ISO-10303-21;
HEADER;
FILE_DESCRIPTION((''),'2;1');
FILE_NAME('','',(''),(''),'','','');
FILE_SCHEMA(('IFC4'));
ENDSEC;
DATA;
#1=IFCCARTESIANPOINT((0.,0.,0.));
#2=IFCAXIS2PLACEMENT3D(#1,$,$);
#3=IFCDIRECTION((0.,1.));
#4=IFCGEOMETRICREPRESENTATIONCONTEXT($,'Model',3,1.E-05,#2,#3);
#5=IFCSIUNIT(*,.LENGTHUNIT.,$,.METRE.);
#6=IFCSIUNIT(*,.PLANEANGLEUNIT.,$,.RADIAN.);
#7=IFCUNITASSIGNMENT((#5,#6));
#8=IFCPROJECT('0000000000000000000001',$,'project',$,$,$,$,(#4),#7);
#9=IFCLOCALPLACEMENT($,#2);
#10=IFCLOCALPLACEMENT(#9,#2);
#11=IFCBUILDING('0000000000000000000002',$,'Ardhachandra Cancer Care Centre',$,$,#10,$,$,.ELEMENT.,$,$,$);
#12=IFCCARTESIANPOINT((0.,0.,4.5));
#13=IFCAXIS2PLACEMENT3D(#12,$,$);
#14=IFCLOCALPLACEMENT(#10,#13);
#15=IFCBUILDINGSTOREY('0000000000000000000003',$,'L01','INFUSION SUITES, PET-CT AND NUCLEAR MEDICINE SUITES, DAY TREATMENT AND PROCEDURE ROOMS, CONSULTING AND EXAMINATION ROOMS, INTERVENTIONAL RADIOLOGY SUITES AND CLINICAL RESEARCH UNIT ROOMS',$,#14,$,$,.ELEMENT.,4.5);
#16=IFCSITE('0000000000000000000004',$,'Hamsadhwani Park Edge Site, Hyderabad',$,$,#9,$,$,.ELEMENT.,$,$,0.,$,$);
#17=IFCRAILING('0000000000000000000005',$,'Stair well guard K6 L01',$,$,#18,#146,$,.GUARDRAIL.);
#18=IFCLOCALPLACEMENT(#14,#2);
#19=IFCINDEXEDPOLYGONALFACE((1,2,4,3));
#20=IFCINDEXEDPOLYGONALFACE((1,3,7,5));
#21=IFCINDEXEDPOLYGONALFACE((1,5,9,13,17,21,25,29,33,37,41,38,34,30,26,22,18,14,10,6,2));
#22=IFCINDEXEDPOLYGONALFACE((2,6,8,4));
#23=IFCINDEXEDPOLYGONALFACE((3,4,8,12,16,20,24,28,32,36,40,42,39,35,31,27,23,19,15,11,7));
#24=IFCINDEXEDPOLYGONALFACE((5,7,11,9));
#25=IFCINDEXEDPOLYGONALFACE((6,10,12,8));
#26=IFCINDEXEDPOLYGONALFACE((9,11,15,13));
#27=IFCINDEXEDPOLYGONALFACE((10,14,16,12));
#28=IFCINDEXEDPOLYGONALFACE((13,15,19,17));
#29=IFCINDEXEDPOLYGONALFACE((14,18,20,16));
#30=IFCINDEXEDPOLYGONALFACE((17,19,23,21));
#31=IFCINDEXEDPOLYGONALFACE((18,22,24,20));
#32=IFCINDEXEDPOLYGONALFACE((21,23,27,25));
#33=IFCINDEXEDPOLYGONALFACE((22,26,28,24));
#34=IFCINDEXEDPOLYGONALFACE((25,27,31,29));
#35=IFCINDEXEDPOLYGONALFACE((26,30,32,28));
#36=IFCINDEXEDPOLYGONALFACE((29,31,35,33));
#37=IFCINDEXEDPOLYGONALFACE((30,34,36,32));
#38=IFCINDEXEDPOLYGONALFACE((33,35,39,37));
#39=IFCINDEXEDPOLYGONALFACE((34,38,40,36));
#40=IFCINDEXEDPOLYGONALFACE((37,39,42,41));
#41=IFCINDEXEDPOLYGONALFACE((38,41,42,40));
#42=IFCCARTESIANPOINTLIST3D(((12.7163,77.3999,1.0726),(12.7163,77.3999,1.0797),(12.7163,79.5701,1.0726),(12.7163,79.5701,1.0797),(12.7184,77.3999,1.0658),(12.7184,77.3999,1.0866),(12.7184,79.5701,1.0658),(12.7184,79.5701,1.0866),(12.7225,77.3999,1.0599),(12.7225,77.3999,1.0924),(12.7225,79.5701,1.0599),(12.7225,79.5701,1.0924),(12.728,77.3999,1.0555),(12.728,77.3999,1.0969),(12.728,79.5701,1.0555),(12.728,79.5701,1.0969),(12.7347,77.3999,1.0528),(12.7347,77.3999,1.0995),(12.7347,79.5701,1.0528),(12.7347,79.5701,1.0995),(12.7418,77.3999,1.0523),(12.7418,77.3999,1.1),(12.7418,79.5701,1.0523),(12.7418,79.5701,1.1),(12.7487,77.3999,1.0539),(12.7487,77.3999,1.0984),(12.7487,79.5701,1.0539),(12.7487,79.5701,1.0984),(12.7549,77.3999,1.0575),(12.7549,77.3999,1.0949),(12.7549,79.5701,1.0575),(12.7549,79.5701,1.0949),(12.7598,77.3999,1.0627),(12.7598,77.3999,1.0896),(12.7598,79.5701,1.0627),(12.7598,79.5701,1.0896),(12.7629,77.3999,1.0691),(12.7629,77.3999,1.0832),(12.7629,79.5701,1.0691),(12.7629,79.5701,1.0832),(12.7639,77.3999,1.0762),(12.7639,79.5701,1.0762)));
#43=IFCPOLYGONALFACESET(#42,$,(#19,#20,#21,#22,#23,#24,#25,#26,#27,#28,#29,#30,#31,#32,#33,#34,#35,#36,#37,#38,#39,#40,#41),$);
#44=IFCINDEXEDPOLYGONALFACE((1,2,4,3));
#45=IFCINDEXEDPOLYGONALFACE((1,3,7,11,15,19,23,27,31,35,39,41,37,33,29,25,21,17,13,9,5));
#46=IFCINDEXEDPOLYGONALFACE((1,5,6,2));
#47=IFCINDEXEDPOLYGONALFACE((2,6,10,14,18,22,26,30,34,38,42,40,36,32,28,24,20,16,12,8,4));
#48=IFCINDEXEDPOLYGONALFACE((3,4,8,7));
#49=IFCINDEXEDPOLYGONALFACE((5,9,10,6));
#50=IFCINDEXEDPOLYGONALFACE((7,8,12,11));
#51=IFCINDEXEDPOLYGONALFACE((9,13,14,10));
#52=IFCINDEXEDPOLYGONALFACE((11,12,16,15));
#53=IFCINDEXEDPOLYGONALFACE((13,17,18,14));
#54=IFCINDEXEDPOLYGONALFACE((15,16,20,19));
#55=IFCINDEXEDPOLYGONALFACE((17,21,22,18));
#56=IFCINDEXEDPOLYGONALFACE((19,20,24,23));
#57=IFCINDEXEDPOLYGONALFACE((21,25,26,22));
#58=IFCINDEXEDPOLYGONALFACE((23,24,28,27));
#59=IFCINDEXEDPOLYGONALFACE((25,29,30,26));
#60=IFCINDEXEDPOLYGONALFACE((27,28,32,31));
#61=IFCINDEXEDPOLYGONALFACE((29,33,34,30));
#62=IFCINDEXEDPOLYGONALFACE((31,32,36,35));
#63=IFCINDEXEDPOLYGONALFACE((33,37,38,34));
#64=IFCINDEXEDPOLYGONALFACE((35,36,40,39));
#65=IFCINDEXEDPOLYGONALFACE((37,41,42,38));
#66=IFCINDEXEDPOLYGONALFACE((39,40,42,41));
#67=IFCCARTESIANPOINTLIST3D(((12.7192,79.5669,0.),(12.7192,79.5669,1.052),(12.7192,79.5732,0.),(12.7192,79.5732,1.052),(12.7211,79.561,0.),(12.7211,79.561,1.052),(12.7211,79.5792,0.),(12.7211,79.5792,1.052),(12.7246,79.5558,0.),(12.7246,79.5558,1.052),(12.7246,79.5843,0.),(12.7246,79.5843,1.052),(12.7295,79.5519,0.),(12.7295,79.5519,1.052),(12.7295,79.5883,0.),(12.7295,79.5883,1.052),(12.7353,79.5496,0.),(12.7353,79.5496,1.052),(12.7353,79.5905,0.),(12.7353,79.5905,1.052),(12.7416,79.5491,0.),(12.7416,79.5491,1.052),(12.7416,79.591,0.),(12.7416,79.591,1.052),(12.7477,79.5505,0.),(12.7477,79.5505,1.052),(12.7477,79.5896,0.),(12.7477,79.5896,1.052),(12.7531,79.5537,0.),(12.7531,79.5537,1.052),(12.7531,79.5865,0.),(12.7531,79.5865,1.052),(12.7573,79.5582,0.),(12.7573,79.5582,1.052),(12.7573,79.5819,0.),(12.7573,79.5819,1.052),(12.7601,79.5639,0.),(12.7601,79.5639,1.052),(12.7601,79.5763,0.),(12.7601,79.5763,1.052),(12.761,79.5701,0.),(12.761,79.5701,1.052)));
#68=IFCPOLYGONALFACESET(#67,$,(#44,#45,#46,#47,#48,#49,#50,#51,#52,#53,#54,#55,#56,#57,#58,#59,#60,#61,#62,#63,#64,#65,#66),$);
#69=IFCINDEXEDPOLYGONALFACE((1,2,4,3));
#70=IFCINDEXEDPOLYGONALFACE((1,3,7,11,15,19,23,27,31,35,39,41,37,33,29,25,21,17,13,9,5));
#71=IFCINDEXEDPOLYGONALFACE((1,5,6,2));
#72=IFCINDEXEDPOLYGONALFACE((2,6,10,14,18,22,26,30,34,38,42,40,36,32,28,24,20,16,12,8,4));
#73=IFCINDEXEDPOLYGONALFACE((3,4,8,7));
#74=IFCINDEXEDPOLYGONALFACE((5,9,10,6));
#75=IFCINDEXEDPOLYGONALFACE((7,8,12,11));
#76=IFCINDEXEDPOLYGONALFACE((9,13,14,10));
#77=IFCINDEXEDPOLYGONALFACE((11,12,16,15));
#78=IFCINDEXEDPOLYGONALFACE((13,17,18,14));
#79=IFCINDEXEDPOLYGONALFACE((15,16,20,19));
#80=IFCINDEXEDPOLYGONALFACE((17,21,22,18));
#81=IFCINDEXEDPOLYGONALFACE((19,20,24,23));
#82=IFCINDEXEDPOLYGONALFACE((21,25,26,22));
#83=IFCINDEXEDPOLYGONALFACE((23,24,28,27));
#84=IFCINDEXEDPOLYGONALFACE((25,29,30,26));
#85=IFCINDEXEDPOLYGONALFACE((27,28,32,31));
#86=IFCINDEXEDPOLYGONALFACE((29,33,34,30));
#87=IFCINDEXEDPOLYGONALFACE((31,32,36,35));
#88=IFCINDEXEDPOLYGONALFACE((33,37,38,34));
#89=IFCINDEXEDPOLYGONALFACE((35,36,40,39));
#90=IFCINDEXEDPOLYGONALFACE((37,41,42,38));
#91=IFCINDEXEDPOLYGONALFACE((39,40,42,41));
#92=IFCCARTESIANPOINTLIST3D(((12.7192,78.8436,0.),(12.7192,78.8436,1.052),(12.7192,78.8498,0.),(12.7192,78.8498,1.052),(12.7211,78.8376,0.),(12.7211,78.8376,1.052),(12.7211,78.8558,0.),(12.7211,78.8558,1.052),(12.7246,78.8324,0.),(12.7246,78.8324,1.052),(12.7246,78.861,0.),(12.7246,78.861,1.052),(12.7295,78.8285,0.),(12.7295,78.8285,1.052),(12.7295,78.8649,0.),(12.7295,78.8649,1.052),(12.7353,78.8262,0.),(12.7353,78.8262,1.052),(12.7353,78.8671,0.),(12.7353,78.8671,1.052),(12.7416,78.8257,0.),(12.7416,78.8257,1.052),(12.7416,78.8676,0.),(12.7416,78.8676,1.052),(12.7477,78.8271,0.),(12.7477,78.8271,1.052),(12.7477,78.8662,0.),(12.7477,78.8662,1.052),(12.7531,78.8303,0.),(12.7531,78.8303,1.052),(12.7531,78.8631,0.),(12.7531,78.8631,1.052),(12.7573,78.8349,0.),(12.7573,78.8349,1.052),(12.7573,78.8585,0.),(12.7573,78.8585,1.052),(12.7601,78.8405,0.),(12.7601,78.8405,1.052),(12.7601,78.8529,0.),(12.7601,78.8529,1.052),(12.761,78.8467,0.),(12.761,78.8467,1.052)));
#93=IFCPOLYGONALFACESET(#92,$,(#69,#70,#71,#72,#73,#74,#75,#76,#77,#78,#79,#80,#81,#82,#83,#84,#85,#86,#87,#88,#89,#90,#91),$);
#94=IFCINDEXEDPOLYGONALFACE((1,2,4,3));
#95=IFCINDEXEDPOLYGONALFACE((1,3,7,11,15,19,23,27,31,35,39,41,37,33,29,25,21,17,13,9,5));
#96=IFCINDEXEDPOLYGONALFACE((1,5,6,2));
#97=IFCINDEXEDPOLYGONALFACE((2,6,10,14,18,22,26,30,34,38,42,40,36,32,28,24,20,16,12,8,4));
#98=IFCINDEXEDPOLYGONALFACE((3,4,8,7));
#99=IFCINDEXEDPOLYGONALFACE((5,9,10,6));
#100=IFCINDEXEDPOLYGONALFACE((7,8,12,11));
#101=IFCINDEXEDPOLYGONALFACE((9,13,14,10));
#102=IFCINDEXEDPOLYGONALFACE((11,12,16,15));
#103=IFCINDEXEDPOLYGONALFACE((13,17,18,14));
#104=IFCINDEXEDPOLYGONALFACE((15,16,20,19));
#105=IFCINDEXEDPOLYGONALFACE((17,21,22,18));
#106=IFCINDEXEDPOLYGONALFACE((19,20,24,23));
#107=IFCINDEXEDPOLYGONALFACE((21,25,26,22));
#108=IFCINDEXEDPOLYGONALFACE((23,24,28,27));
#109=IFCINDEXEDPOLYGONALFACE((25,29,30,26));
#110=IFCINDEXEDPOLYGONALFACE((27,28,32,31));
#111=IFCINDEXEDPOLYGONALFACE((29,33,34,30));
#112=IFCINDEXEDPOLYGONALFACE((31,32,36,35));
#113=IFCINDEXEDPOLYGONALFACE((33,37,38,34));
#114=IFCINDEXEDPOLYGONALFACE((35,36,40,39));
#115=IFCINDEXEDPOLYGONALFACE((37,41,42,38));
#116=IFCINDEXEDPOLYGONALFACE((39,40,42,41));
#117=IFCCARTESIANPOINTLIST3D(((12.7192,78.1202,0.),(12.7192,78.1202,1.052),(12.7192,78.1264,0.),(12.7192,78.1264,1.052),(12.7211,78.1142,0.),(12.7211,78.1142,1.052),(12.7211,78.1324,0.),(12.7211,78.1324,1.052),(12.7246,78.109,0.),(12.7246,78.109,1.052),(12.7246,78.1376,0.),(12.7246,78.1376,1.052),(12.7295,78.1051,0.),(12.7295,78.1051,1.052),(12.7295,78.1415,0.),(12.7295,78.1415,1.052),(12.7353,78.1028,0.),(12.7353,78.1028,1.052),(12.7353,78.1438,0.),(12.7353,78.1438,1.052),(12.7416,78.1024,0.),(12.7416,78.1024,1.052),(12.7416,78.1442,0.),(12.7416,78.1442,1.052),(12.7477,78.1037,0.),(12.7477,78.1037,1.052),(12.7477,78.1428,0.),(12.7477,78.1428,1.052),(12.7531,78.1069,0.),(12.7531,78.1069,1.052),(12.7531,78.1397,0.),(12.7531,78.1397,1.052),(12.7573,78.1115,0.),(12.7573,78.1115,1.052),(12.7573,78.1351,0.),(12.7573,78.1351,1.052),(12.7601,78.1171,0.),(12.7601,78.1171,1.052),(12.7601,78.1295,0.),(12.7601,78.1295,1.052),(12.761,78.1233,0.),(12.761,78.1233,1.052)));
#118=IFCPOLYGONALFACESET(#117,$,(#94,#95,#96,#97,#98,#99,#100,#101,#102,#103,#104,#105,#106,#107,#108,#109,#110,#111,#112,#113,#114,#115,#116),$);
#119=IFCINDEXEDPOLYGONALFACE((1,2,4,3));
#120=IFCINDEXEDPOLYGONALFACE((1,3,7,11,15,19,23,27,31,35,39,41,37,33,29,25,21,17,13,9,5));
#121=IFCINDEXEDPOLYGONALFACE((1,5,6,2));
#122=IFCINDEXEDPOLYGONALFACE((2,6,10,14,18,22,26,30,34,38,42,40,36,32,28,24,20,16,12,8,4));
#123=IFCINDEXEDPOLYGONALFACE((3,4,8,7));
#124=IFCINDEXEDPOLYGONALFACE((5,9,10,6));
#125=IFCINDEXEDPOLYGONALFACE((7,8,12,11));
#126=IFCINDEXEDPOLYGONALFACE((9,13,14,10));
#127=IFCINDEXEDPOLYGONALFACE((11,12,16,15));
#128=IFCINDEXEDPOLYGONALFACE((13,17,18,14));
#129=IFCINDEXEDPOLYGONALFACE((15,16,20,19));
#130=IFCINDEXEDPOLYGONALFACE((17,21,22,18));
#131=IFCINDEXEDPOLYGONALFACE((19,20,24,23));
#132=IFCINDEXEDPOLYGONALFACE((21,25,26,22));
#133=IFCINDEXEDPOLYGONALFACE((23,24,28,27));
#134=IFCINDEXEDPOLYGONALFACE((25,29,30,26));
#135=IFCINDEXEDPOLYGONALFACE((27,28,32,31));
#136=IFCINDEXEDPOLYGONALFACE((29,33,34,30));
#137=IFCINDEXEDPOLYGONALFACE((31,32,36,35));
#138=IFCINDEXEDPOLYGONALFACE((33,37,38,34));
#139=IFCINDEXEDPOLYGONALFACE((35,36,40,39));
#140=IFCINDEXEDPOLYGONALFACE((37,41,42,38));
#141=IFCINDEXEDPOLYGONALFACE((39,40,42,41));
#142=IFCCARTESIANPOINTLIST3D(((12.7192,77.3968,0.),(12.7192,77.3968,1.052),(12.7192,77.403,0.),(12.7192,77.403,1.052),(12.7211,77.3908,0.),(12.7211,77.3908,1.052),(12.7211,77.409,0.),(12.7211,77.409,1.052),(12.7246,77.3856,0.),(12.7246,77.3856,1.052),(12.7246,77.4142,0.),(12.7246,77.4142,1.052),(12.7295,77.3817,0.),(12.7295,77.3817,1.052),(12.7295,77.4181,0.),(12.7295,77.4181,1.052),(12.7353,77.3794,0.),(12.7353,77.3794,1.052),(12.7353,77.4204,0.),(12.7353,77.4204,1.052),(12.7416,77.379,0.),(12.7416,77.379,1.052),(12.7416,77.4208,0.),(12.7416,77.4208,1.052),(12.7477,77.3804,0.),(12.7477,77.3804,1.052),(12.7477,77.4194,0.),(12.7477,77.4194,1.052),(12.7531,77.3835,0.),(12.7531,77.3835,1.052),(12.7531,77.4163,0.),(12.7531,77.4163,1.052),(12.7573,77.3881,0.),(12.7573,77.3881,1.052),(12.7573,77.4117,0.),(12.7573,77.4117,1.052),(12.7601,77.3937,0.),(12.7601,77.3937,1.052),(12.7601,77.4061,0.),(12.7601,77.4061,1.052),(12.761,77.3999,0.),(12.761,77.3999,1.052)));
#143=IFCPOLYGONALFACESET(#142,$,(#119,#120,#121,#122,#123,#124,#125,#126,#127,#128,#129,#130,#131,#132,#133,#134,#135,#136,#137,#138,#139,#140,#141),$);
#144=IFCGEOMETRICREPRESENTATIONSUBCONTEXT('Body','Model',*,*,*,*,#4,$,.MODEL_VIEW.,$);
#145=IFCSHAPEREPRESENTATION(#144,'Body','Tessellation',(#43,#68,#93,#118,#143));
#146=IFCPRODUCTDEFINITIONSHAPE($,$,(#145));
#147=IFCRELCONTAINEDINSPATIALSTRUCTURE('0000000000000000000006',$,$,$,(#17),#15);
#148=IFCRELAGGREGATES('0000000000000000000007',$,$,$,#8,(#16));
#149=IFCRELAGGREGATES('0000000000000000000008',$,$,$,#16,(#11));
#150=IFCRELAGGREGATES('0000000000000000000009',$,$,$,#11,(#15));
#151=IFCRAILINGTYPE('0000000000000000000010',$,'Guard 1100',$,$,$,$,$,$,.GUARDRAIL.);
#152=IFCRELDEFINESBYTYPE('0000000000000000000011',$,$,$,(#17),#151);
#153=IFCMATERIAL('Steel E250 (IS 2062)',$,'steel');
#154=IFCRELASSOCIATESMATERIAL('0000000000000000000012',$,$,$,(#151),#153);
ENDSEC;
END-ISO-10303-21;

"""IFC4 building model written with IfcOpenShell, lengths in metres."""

from ifc_helpers import new_model, si_unit, direction, frame, origin, origin_2d, place, context, subcontext, project, spatial, circle, extrude, material, type_object, element, save


model = new_model("IFC4")

# Units and contexts
model_context = context("Model", 3, precision=1e-05, world=origin(), true_north=direction((0.0, 1.0)))
body_context = subcontext(model_context, "Body", "Model", "MODEL_VIEW")
ifc_project = project(units=[si_unit("LENGTHUNIT", "METRE"), si_unit("PLANEANGLEUNIT", "RADIAN")], contexts=[model_context])

# Site, building, storey
site_placement = place(None, origin())
site = spatial("IfcSite", under=ifc_project, at=site_placement, Name="Hamsadhwani Park Edge Site, Hyderabad", CompositionType="ELEMENT", RefElevation=0.0)
building_placement = place(site_placement, origin())
building = spatial("IfcBuilding", under=site, at=building_placement, Name="Ardhachandra Cancer Care Centre", CompositionType="ELEMENT")
storey_placement = place(building_placement, frame((0.0, 0.0, 4.5)))
storey = spatial("IfcBuildingStorey", under=building, at=storey_placement, Name="L01", Description="INFUSION SUITES, PET-CT AND NUCLEAR MEDICINE SUITES, DAY TREATMENT AND PROCEDURE ROOMS, CONSULTING AND EXAMINATION ROOMS, INTERVENTIONAL RADIOLOGY SUITES AND CLINICAL RESEARCH UNIT ROOMS", CompositionType="ELEMENT", Elevation=4.5)

# Railing
ifc_material_1 = material(Name="Steel E250 (IS 2062)", Category="steel")
railing_type_1 = type_object("IfcRailingType", Name="Guard 1100", PredefinedType="GUARDRAIL", material=ifc_material_1)
railing_placement = place(storey_placement, frame((12.74, 79.5701, 0.0)))
element("IfcRailing", 1, at=railing_placement, inside=storey, type_object=railing_type_1, Name="Stair well guard K6 L01", PredefinedType="GUARDRAIL", context=body_context, shape_type="SweptSolid", body=[
    extrude(circle(Radius=0.0239, at=origin_2d()), frame((0.0, 0.0, 1.0762), z_axis=(0.0, -1.0, 0.0), x_axis=(1.0, 0.0, 0.0)), (0.0, 0.0, 1.0), 2.1702),
    extrude(circle(Radius=0.021, at=origin_2d()), origin(), (0.0, 0.0, 1.0), 1.052),
    extrude(circle(Radius=0.021, at=origin_2d()), frame((0.0, -0.7234, 0.0)), (0.0, 0.0, 1.0), 1.052),
    extrude(circle(Radius=0.021, at=origin_2d()), frame((0.0, -1.4468, 0.0)), (0.0, 0.0, 1.0), 1.052),
    extrude(circle(Radius=0.021, at=origin_2d()), frame((0.0, -2.1702, 0.0)), (0.0, 0.0, 1.0), 1.052),
])

save(model, "model.ifc")
